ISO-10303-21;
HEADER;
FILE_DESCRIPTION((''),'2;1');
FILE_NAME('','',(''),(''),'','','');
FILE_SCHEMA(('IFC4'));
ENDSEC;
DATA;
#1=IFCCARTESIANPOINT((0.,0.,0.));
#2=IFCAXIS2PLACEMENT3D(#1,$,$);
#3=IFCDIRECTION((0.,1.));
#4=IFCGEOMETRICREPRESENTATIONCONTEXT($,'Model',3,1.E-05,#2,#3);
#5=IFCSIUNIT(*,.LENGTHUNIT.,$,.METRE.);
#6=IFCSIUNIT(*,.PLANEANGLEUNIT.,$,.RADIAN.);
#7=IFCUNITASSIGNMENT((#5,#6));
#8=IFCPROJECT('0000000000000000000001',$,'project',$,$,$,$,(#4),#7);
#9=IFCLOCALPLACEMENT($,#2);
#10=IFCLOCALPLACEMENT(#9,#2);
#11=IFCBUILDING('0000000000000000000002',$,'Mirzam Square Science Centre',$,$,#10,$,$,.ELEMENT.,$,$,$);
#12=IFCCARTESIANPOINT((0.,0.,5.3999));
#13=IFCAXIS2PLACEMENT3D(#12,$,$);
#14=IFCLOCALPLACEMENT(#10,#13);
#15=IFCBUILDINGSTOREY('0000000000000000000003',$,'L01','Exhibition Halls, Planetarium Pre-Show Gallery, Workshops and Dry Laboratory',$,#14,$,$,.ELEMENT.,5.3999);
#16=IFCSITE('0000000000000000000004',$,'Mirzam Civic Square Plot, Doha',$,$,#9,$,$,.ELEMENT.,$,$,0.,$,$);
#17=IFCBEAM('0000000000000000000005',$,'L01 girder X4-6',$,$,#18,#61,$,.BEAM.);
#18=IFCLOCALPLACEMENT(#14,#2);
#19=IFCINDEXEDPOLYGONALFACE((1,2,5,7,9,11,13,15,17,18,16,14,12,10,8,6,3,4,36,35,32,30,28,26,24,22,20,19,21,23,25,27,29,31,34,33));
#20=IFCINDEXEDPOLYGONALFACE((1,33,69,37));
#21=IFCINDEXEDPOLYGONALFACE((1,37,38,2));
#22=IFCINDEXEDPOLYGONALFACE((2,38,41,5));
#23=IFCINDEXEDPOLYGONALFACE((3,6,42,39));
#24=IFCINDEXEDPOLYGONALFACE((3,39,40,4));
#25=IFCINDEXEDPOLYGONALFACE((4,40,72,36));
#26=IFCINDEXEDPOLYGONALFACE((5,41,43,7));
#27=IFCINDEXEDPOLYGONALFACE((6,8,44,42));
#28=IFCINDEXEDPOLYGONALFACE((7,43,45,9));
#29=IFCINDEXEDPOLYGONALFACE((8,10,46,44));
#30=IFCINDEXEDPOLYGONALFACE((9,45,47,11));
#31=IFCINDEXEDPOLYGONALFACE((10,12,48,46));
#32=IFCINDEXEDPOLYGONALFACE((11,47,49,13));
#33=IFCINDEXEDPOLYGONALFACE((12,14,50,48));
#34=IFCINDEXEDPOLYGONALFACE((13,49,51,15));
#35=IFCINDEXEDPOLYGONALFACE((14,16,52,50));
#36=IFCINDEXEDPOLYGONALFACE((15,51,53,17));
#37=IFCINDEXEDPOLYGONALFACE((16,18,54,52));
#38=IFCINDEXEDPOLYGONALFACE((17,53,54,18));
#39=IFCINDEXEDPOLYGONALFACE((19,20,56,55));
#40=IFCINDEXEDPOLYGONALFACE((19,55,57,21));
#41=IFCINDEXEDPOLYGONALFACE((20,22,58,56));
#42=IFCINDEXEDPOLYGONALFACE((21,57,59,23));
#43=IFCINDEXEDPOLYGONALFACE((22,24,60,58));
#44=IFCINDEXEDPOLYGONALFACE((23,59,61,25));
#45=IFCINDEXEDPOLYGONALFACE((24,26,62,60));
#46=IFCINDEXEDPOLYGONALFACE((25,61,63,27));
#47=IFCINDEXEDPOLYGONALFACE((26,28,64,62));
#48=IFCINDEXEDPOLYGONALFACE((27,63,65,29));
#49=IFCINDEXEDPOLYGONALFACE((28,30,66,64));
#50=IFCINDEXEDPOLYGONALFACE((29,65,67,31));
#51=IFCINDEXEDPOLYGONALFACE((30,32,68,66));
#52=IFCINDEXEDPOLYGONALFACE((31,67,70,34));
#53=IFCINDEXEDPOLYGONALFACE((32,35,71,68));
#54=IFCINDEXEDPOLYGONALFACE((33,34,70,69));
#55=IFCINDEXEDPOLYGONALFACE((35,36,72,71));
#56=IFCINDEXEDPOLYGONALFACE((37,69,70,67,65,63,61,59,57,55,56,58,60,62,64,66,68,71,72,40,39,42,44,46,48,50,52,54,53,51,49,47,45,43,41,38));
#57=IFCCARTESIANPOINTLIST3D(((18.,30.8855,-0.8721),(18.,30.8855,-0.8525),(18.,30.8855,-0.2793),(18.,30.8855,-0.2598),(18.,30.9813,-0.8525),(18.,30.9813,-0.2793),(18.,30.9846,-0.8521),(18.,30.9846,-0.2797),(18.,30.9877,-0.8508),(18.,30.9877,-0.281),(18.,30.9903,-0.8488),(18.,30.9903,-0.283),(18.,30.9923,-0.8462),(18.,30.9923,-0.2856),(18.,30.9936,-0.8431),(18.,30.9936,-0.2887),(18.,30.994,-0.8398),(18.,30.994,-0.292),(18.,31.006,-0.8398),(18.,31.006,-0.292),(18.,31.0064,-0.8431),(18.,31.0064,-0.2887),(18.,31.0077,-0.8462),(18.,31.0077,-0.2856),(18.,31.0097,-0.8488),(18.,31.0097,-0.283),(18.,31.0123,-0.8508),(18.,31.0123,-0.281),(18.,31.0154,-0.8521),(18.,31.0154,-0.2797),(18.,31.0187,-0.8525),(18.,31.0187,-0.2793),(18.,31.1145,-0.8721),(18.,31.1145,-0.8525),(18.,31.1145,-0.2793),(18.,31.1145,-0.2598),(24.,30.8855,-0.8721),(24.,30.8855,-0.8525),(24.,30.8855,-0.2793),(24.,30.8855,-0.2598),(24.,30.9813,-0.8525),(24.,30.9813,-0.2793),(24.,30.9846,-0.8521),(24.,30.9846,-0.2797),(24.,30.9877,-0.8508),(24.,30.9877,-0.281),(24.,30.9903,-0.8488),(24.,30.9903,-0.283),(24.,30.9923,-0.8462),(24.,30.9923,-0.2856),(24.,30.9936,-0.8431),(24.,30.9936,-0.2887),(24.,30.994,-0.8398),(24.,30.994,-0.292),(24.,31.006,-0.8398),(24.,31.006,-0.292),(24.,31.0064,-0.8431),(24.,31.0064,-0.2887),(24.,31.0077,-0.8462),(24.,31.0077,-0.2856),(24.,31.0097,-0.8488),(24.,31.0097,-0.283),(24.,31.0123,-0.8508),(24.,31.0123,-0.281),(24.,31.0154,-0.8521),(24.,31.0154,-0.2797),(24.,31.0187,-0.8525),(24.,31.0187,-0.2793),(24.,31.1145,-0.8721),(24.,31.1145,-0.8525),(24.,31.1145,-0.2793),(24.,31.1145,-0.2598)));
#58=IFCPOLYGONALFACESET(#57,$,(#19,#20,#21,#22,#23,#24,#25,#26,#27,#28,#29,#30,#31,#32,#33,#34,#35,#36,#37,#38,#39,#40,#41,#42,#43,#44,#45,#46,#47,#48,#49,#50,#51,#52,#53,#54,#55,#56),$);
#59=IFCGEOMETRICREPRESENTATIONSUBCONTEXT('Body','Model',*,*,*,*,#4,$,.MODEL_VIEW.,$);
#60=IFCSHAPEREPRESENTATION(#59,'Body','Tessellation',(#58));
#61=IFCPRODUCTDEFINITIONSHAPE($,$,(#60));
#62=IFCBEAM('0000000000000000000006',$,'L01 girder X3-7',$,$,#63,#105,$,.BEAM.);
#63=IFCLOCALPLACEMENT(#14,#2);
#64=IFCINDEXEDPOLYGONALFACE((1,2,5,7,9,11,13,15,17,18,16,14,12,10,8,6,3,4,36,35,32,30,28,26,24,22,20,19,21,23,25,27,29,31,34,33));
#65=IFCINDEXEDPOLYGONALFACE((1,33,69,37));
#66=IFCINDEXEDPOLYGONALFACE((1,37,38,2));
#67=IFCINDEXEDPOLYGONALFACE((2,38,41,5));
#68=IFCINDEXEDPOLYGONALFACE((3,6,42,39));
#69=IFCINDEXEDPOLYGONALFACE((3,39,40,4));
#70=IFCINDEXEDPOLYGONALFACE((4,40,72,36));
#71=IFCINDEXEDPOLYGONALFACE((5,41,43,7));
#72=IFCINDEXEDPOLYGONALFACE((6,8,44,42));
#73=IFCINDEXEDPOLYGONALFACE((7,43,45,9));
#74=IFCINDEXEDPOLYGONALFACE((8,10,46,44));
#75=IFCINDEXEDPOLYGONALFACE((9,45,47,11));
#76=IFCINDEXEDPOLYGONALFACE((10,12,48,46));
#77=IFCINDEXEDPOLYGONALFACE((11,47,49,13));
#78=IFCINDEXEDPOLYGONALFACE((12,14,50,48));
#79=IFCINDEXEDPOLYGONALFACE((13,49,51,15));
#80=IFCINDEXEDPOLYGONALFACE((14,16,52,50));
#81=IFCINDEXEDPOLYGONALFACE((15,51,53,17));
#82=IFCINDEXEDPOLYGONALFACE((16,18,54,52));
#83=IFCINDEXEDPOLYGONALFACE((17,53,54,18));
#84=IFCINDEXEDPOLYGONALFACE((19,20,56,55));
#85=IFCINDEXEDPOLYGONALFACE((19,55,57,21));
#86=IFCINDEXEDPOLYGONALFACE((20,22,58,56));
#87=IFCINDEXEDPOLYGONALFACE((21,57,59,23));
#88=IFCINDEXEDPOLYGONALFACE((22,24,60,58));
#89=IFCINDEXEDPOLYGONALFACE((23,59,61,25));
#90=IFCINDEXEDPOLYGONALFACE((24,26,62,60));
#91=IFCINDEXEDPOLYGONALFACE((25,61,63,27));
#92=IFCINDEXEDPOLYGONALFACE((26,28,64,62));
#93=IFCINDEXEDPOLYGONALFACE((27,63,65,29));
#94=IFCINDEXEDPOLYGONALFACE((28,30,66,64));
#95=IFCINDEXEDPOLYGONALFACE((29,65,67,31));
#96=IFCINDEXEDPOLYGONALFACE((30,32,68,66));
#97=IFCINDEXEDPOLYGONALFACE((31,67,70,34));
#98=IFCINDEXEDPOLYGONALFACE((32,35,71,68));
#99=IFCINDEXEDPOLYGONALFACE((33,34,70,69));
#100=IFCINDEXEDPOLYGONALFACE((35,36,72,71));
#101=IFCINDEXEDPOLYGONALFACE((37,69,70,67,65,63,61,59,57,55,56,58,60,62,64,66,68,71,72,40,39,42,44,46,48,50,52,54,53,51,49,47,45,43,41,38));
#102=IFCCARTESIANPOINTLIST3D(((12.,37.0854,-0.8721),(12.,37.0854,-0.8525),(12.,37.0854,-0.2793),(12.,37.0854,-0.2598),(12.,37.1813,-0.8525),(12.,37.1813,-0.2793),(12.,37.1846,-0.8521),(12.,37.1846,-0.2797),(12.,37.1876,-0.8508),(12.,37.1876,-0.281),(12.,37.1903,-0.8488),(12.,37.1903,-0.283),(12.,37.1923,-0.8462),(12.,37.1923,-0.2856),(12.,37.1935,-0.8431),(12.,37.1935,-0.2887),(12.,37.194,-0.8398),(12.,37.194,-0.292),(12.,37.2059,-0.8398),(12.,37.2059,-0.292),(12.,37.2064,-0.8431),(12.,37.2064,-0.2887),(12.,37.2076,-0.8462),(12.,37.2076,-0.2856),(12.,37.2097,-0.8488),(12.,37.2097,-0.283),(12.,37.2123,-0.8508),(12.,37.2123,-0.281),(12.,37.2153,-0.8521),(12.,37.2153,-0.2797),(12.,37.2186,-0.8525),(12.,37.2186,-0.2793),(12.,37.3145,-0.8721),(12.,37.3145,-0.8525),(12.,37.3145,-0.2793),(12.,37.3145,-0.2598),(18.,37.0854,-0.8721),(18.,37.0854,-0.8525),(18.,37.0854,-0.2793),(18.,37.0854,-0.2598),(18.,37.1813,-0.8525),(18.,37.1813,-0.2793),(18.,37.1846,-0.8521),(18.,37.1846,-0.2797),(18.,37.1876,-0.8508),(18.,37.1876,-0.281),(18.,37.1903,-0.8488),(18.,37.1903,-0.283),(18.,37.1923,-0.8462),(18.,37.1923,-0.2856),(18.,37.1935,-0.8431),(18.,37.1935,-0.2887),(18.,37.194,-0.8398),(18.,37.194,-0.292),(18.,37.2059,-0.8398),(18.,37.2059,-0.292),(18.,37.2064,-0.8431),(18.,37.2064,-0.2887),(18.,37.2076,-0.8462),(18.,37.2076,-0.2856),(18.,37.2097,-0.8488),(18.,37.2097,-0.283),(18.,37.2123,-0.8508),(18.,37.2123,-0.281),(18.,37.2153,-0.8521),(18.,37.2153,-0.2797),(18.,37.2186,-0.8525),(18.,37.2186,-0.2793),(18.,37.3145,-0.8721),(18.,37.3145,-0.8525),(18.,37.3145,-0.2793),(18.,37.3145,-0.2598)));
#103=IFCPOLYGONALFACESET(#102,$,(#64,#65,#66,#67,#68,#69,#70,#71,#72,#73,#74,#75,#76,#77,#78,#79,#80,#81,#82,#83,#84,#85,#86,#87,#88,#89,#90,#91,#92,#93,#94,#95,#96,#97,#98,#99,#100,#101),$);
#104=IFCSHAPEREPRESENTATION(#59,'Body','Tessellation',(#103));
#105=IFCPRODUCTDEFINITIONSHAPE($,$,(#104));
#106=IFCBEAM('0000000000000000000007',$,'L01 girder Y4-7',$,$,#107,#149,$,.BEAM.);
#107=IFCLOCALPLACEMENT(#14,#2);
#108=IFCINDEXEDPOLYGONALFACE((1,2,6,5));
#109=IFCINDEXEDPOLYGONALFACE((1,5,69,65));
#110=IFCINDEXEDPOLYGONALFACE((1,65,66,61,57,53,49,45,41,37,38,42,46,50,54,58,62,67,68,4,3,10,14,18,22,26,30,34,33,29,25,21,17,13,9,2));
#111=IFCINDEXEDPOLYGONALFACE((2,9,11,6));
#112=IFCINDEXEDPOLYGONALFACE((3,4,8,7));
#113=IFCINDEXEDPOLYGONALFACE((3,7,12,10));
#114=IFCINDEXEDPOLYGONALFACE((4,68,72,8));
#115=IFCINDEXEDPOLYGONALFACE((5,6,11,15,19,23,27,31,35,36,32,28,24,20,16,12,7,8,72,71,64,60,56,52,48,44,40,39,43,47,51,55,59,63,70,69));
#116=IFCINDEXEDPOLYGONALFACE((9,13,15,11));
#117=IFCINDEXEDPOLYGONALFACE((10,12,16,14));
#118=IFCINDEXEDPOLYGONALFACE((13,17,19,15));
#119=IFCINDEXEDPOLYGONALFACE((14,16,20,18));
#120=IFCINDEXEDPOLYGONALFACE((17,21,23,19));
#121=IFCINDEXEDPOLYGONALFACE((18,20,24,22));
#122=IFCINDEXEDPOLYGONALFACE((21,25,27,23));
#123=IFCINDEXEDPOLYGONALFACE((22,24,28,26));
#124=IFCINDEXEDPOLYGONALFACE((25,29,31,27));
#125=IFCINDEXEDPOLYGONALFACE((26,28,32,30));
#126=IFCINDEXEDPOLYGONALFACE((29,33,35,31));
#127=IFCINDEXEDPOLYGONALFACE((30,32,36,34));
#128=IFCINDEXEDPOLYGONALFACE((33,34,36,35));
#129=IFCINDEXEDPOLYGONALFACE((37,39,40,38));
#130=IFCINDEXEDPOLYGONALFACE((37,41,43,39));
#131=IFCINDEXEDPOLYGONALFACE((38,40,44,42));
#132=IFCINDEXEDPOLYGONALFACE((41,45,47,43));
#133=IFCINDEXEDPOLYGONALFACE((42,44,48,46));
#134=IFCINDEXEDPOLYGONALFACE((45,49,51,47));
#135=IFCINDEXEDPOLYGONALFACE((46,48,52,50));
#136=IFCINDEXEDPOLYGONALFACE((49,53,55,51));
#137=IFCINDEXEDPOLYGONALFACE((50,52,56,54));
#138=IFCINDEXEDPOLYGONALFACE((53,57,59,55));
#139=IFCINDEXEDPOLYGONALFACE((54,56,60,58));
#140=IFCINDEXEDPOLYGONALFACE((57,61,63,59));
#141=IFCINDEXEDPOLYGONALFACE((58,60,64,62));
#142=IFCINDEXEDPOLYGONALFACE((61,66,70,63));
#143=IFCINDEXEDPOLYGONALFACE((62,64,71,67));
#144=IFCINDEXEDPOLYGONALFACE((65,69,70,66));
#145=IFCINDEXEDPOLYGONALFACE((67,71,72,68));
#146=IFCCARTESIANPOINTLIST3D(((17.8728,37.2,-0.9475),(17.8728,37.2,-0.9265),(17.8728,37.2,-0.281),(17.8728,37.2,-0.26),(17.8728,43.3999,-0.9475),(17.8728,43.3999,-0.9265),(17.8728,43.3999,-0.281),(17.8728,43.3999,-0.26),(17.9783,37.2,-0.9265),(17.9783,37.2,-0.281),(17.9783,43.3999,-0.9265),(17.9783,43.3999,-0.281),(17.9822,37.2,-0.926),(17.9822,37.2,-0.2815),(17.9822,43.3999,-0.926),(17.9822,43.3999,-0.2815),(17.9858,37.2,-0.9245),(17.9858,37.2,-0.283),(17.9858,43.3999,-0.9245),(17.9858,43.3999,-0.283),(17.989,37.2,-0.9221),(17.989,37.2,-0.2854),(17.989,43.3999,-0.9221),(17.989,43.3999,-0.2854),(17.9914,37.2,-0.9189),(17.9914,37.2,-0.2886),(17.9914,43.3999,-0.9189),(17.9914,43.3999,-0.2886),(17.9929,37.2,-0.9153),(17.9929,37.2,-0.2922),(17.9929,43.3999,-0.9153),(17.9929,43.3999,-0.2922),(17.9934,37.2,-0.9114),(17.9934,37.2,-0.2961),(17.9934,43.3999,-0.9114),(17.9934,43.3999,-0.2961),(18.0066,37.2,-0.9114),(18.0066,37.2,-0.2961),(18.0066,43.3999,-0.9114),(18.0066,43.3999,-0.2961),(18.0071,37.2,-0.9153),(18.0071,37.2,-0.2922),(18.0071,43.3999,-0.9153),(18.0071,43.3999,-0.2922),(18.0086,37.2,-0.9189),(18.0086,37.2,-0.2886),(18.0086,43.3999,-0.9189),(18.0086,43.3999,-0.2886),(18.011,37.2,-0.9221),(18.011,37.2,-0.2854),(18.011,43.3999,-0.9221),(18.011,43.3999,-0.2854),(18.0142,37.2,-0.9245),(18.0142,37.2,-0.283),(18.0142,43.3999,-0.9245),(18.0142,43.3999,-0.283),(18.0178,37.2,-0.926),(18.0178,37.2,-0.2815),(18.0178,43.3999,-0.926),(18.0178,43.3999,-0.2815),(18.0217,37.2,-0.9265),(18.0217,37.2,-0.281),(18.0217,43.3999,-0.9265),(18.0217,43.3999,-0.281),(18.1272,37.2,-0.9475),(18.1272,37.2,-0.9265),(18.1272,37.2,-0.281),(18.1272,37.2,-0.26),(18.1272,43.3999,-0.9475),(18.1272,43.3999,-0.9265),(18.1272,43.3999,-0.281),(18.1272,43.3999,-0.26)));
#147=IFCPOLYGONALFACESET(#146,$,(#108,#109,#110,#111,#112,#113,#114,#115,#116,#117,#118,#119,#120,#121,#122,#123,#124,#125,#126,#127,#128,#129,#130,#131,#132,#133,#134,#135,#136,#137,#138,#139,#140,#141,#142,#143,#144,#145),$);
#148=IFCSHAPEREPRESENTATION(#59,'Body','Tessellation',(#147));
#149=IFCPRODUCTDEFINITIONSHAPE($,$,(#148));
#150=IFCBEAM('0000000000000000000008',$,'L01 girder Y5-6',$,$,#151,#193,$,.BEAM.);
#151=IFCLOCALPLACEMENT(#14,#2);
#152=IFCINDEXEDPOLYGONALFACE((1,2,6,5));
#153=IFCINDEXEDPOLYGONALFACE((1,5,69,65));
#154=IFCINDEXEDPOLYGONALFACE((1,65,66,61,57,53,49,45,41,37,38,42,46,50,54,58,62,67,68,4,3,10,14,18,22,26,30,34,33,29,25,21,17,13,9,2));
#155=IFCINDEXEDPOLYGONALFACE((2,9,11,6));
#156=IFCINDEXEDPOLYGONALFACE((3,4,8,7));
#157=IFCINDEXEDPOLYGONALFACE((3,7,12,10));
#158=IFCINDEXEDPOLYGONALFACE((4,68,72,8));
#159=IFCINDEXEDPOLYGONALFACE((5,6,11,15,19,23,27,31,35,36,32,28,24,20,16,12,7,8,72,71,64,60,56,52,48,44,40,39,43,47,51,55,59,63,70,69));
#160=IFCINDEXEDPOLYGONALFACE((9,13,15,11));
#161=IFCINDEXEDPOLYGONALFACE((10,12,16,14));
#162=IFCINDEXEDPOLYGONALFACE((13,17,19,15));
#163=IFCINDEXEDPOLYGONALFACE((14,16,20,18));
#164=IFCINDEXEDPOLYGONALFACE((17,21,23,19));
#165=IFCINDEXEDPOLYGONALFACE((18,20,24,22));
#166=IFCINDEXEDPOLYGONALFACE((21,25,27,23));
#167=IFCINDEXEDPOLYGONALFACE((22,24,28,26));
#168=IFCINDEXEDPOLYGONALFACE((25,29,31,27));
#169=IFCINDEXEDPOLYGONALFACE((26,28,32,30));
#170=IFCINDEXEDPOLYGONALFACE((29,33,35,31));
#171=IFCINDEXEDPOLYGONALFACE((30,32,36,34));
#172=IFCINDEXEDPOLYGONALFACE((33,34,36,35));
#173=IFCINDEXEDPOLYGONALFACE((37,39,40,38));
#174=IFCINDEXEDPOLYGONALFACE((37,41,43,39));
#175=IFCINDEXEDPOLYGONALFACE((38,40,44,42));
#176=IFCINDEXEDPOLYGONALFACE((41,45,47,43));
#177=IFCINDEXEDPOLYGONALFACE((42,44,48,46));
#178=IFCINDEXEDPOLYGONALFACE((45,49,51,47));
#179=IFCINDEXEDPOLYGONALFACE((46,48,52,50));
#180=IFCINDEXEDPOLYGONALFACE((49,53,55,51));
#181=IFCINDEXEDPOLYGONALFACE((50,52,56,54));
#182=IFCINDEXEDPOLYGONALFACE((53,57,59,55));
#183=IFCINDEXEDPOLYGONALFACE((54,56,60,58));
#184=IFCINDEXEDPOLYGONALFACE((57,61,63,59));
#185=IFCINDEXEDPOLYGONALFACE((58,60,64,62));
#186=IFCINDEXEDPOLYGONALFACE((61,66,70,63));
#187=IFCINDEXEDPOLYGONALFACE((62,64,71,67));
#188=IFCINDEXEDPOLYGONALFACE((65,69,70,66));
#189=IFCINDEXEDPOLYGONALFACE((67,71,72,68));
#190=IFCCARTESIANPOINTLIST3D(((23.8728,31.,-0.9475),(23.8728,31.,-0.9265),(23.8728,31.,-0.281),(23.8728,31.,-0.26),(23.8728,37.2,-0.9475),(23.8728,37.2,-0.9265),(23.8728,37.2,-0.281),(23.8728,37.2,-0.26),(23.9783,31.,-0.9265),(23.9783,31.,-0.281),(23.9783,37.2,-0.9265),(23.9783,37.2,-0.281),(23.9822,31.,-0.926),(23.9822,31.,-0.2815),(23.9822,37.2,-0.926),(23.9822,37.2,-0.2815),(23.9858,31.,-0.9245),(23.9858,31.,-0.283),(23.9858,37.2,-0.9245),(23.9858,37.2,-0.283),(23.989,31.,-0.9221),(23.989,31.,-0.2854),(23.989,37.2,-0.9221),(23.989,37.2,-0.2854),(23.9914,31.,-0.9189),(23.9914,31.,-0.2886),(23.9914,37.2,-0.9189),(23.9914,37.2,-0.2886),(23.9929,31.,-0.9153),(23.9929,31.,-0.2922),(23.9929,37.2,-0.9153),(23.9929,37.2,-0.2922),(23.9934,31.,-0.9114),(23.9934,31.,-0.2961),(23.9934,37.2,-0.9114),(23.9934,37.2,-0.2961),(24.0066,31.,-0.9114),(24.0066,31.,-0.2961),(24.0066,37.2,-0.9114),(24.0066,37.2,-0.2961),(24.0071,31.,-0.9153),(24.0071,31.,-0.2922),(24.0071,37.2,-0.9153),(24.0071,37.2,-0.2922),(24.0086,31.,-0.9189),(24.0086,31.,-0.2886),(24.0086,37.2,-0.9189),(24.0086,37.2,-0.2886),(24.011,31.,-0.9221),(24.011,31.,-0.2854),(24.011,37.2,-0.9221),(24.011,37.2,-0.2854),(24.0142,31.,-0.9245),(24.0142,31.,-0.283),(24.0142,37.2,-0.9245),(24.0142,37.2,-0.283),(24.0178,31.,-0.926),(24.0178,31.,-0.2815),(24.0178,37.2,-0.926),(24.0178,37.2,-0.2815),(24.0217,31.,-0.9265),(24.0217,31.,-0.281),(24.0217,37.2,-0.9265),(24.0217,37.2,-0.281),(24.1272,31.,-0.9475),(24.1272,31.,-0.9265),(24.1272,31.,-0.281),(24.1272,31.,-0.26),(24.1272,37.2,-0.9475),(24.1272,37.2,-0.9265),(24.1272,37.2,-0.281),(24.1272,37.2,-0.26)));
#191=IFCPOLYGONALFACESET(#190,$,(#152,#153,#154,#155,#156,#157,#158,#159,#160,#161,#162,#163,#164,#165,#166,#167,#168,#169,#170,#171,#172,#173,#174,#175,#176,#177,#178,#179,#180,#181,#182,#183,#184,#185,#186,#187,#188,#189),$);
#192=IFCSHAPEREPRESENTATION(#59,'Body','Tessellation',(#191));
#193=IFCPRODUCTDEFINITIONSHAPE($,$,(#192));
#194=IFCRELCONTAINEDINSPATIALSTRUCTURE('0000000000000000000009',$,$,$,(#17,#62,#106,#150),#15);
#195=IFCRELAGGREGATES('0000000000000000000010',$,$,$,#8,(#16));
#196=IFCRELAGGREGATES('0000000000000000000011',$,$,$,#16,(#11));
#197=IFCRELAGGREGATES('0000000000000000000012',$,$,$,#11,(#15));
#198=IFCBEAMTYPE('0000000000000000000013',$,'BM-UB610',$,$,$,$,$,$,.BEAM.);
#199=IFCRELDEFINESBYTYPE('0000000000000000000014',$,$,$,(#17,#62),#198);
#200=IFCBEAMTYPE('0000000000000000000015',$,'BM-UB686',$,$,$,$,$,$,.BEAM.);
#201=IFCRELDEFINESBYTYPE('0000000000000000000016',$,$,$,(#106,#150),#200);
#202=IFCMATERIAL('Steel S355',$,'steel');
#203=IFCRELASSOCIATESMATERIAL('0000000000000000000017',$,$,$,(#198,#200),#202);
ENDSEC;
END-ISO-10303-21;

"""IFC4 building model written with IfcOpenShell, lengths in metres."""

from ifc_helpers import new_model, si_unit, direction, frame, origin, origin_2d, place, context, subcontext, project, spatial, i_section, extrude, material, material_profile, profile_set, type_object, element, save


model = new_model("IFC4")

# Units and contexts
model_context = context("Model", 3, precision=1e-05, world=origin(), true_north=direction((0.0, 1.0)))
body_context = subcontext(model_context, "Body", "Model", "MODEL_VIEW")
ifc_project = project(units=[si_unit("LENGTHUNIT", "METRE"), si_unit("PLANEANGLEUNIT", "RADIAN")], contexts=[model_context])

# Site, building, storey
site_placement = place(None, origin())
site = spatial("IfcSite", under=ifc_project, at=site_placement, Name="Mirzam Civic Square Plot, Doha", CompositionType="ELEMENT", RefElevation=0.0)
building_placement = place(site_placement, origin())
building = spatial("IfcBuilding", under=site, at=building_placement, Name="Mirzam Square Science Centre", CompositionType="ELEMENT")
storey_placement = place(building_placement, frame((0.0, 0.0, 5.3999)))
storey = spatial("IfcBuildingStorey", under=building, at=storey_placement, Name="L01", Description="Exhibition Halls, Planetarium Pre-Show Gallery, Workshops and Dry Laboratory", CompositionType="ELEMENT", Elevation=5.3999)

# Shared definitions
ifc_material_1 = material(Name="Steel S355", Category="steel")

# Beams
ifc_material_profile_1 = material_profile(ifc_material_1, i_section(OverallWidth=0.229, OverallDepth=0.6123, WebThickness=0.012, FlangeThickness=0.0195, FilletRadius=0.0127, at=origin_2d()), Name="610x229x125UB")
ifc_profile_set_1 = profile_set([ifc_material_profile_1], Name="Steel S355")
beam_type_1 = type_object("IfcBeamType", Name="BM-UB610", PredefinedType="BEAM", material=ifc_profile_set_1)
for number, where, z_axis, x_axis, name in (
    (1, (18.0, 31.0, -0.5659), (1.0, 0.0, 0.0), (0.0, 1.0, 0.0), "L01 girder X4-6"),
    (2, (12.0, 37.2, -0.5659), (1.0, 0.0, 0.0), (0.0, 1.0, 0.0), "L01 girder X3-7"),
):
    element("IfcBeam", number, at=place(storey_placement, frame(where, z_axis=z_axis, x_axis=x_axis)), inside=storey, type_object=beam_type_1, Name=name, PredefinedType="BEAM", context=body_context, shape_type="SweptSolid", body=[
        extrude(i_section(OverallWidth=0.229, OverallDepth=0.6123, WebThickness=0.012, FlangeThickness=0.0195, FilletRadius=0.0127, at=origin_2d()), origin(), (0.0, 0.0, 1.0), 6.0),
    ])
ifc_material_profile_2 = material_profile(ifc_material_1, i_section(OverallWidth=0.2544, OverallDepth=0.6875, WebThickness=0.0132, FlangeThickness=0.021, FilletRadius=0.0151, at=origin_2d()), Name="686x254x152UB")
ifc_profile_set_2 = profile_set([ifc_material_profile_2], Name="Steel S355")
beam_type_2 = type_object("IfcBeamType", Name="BM-UB686", PredefinedType="BEAM", material=ifc_profile_set_2)
for number, where, z_axis, x_axis, name in (
    (3, (18.0, 37.2, -0.6038), (0.0, 1.0, 0.0), (-1.0, 0.0, 0.0), "L01 girder Y4-7"),
    (4, (24.0, 31.0, -0.6038), (0.0, 1.0, 0.0), (-1.0, 0.0, 0.0), "L01 girder Y5-6"),
):
    element("IfcBeam", number, at=place(storey_placement, frame(where, z_axis=z_axis, x_axis=x_axis)), inside=storey, type_object=beam_type_2, Name=name, PredefinedType="BEAM", context=body_context, shape_type="SweptSolid", body=[
        extrude(i_section(OverallWidth=0.2544, OverallDepth=0.6875, WebThickness=0.0132, FlangeThickness=0.021, FilletRadius=0.0151, at=origin_2d()), origin(), (0.0, 0.0, 1.0), 6.2),
    ])

save(model, "model.ifc")
